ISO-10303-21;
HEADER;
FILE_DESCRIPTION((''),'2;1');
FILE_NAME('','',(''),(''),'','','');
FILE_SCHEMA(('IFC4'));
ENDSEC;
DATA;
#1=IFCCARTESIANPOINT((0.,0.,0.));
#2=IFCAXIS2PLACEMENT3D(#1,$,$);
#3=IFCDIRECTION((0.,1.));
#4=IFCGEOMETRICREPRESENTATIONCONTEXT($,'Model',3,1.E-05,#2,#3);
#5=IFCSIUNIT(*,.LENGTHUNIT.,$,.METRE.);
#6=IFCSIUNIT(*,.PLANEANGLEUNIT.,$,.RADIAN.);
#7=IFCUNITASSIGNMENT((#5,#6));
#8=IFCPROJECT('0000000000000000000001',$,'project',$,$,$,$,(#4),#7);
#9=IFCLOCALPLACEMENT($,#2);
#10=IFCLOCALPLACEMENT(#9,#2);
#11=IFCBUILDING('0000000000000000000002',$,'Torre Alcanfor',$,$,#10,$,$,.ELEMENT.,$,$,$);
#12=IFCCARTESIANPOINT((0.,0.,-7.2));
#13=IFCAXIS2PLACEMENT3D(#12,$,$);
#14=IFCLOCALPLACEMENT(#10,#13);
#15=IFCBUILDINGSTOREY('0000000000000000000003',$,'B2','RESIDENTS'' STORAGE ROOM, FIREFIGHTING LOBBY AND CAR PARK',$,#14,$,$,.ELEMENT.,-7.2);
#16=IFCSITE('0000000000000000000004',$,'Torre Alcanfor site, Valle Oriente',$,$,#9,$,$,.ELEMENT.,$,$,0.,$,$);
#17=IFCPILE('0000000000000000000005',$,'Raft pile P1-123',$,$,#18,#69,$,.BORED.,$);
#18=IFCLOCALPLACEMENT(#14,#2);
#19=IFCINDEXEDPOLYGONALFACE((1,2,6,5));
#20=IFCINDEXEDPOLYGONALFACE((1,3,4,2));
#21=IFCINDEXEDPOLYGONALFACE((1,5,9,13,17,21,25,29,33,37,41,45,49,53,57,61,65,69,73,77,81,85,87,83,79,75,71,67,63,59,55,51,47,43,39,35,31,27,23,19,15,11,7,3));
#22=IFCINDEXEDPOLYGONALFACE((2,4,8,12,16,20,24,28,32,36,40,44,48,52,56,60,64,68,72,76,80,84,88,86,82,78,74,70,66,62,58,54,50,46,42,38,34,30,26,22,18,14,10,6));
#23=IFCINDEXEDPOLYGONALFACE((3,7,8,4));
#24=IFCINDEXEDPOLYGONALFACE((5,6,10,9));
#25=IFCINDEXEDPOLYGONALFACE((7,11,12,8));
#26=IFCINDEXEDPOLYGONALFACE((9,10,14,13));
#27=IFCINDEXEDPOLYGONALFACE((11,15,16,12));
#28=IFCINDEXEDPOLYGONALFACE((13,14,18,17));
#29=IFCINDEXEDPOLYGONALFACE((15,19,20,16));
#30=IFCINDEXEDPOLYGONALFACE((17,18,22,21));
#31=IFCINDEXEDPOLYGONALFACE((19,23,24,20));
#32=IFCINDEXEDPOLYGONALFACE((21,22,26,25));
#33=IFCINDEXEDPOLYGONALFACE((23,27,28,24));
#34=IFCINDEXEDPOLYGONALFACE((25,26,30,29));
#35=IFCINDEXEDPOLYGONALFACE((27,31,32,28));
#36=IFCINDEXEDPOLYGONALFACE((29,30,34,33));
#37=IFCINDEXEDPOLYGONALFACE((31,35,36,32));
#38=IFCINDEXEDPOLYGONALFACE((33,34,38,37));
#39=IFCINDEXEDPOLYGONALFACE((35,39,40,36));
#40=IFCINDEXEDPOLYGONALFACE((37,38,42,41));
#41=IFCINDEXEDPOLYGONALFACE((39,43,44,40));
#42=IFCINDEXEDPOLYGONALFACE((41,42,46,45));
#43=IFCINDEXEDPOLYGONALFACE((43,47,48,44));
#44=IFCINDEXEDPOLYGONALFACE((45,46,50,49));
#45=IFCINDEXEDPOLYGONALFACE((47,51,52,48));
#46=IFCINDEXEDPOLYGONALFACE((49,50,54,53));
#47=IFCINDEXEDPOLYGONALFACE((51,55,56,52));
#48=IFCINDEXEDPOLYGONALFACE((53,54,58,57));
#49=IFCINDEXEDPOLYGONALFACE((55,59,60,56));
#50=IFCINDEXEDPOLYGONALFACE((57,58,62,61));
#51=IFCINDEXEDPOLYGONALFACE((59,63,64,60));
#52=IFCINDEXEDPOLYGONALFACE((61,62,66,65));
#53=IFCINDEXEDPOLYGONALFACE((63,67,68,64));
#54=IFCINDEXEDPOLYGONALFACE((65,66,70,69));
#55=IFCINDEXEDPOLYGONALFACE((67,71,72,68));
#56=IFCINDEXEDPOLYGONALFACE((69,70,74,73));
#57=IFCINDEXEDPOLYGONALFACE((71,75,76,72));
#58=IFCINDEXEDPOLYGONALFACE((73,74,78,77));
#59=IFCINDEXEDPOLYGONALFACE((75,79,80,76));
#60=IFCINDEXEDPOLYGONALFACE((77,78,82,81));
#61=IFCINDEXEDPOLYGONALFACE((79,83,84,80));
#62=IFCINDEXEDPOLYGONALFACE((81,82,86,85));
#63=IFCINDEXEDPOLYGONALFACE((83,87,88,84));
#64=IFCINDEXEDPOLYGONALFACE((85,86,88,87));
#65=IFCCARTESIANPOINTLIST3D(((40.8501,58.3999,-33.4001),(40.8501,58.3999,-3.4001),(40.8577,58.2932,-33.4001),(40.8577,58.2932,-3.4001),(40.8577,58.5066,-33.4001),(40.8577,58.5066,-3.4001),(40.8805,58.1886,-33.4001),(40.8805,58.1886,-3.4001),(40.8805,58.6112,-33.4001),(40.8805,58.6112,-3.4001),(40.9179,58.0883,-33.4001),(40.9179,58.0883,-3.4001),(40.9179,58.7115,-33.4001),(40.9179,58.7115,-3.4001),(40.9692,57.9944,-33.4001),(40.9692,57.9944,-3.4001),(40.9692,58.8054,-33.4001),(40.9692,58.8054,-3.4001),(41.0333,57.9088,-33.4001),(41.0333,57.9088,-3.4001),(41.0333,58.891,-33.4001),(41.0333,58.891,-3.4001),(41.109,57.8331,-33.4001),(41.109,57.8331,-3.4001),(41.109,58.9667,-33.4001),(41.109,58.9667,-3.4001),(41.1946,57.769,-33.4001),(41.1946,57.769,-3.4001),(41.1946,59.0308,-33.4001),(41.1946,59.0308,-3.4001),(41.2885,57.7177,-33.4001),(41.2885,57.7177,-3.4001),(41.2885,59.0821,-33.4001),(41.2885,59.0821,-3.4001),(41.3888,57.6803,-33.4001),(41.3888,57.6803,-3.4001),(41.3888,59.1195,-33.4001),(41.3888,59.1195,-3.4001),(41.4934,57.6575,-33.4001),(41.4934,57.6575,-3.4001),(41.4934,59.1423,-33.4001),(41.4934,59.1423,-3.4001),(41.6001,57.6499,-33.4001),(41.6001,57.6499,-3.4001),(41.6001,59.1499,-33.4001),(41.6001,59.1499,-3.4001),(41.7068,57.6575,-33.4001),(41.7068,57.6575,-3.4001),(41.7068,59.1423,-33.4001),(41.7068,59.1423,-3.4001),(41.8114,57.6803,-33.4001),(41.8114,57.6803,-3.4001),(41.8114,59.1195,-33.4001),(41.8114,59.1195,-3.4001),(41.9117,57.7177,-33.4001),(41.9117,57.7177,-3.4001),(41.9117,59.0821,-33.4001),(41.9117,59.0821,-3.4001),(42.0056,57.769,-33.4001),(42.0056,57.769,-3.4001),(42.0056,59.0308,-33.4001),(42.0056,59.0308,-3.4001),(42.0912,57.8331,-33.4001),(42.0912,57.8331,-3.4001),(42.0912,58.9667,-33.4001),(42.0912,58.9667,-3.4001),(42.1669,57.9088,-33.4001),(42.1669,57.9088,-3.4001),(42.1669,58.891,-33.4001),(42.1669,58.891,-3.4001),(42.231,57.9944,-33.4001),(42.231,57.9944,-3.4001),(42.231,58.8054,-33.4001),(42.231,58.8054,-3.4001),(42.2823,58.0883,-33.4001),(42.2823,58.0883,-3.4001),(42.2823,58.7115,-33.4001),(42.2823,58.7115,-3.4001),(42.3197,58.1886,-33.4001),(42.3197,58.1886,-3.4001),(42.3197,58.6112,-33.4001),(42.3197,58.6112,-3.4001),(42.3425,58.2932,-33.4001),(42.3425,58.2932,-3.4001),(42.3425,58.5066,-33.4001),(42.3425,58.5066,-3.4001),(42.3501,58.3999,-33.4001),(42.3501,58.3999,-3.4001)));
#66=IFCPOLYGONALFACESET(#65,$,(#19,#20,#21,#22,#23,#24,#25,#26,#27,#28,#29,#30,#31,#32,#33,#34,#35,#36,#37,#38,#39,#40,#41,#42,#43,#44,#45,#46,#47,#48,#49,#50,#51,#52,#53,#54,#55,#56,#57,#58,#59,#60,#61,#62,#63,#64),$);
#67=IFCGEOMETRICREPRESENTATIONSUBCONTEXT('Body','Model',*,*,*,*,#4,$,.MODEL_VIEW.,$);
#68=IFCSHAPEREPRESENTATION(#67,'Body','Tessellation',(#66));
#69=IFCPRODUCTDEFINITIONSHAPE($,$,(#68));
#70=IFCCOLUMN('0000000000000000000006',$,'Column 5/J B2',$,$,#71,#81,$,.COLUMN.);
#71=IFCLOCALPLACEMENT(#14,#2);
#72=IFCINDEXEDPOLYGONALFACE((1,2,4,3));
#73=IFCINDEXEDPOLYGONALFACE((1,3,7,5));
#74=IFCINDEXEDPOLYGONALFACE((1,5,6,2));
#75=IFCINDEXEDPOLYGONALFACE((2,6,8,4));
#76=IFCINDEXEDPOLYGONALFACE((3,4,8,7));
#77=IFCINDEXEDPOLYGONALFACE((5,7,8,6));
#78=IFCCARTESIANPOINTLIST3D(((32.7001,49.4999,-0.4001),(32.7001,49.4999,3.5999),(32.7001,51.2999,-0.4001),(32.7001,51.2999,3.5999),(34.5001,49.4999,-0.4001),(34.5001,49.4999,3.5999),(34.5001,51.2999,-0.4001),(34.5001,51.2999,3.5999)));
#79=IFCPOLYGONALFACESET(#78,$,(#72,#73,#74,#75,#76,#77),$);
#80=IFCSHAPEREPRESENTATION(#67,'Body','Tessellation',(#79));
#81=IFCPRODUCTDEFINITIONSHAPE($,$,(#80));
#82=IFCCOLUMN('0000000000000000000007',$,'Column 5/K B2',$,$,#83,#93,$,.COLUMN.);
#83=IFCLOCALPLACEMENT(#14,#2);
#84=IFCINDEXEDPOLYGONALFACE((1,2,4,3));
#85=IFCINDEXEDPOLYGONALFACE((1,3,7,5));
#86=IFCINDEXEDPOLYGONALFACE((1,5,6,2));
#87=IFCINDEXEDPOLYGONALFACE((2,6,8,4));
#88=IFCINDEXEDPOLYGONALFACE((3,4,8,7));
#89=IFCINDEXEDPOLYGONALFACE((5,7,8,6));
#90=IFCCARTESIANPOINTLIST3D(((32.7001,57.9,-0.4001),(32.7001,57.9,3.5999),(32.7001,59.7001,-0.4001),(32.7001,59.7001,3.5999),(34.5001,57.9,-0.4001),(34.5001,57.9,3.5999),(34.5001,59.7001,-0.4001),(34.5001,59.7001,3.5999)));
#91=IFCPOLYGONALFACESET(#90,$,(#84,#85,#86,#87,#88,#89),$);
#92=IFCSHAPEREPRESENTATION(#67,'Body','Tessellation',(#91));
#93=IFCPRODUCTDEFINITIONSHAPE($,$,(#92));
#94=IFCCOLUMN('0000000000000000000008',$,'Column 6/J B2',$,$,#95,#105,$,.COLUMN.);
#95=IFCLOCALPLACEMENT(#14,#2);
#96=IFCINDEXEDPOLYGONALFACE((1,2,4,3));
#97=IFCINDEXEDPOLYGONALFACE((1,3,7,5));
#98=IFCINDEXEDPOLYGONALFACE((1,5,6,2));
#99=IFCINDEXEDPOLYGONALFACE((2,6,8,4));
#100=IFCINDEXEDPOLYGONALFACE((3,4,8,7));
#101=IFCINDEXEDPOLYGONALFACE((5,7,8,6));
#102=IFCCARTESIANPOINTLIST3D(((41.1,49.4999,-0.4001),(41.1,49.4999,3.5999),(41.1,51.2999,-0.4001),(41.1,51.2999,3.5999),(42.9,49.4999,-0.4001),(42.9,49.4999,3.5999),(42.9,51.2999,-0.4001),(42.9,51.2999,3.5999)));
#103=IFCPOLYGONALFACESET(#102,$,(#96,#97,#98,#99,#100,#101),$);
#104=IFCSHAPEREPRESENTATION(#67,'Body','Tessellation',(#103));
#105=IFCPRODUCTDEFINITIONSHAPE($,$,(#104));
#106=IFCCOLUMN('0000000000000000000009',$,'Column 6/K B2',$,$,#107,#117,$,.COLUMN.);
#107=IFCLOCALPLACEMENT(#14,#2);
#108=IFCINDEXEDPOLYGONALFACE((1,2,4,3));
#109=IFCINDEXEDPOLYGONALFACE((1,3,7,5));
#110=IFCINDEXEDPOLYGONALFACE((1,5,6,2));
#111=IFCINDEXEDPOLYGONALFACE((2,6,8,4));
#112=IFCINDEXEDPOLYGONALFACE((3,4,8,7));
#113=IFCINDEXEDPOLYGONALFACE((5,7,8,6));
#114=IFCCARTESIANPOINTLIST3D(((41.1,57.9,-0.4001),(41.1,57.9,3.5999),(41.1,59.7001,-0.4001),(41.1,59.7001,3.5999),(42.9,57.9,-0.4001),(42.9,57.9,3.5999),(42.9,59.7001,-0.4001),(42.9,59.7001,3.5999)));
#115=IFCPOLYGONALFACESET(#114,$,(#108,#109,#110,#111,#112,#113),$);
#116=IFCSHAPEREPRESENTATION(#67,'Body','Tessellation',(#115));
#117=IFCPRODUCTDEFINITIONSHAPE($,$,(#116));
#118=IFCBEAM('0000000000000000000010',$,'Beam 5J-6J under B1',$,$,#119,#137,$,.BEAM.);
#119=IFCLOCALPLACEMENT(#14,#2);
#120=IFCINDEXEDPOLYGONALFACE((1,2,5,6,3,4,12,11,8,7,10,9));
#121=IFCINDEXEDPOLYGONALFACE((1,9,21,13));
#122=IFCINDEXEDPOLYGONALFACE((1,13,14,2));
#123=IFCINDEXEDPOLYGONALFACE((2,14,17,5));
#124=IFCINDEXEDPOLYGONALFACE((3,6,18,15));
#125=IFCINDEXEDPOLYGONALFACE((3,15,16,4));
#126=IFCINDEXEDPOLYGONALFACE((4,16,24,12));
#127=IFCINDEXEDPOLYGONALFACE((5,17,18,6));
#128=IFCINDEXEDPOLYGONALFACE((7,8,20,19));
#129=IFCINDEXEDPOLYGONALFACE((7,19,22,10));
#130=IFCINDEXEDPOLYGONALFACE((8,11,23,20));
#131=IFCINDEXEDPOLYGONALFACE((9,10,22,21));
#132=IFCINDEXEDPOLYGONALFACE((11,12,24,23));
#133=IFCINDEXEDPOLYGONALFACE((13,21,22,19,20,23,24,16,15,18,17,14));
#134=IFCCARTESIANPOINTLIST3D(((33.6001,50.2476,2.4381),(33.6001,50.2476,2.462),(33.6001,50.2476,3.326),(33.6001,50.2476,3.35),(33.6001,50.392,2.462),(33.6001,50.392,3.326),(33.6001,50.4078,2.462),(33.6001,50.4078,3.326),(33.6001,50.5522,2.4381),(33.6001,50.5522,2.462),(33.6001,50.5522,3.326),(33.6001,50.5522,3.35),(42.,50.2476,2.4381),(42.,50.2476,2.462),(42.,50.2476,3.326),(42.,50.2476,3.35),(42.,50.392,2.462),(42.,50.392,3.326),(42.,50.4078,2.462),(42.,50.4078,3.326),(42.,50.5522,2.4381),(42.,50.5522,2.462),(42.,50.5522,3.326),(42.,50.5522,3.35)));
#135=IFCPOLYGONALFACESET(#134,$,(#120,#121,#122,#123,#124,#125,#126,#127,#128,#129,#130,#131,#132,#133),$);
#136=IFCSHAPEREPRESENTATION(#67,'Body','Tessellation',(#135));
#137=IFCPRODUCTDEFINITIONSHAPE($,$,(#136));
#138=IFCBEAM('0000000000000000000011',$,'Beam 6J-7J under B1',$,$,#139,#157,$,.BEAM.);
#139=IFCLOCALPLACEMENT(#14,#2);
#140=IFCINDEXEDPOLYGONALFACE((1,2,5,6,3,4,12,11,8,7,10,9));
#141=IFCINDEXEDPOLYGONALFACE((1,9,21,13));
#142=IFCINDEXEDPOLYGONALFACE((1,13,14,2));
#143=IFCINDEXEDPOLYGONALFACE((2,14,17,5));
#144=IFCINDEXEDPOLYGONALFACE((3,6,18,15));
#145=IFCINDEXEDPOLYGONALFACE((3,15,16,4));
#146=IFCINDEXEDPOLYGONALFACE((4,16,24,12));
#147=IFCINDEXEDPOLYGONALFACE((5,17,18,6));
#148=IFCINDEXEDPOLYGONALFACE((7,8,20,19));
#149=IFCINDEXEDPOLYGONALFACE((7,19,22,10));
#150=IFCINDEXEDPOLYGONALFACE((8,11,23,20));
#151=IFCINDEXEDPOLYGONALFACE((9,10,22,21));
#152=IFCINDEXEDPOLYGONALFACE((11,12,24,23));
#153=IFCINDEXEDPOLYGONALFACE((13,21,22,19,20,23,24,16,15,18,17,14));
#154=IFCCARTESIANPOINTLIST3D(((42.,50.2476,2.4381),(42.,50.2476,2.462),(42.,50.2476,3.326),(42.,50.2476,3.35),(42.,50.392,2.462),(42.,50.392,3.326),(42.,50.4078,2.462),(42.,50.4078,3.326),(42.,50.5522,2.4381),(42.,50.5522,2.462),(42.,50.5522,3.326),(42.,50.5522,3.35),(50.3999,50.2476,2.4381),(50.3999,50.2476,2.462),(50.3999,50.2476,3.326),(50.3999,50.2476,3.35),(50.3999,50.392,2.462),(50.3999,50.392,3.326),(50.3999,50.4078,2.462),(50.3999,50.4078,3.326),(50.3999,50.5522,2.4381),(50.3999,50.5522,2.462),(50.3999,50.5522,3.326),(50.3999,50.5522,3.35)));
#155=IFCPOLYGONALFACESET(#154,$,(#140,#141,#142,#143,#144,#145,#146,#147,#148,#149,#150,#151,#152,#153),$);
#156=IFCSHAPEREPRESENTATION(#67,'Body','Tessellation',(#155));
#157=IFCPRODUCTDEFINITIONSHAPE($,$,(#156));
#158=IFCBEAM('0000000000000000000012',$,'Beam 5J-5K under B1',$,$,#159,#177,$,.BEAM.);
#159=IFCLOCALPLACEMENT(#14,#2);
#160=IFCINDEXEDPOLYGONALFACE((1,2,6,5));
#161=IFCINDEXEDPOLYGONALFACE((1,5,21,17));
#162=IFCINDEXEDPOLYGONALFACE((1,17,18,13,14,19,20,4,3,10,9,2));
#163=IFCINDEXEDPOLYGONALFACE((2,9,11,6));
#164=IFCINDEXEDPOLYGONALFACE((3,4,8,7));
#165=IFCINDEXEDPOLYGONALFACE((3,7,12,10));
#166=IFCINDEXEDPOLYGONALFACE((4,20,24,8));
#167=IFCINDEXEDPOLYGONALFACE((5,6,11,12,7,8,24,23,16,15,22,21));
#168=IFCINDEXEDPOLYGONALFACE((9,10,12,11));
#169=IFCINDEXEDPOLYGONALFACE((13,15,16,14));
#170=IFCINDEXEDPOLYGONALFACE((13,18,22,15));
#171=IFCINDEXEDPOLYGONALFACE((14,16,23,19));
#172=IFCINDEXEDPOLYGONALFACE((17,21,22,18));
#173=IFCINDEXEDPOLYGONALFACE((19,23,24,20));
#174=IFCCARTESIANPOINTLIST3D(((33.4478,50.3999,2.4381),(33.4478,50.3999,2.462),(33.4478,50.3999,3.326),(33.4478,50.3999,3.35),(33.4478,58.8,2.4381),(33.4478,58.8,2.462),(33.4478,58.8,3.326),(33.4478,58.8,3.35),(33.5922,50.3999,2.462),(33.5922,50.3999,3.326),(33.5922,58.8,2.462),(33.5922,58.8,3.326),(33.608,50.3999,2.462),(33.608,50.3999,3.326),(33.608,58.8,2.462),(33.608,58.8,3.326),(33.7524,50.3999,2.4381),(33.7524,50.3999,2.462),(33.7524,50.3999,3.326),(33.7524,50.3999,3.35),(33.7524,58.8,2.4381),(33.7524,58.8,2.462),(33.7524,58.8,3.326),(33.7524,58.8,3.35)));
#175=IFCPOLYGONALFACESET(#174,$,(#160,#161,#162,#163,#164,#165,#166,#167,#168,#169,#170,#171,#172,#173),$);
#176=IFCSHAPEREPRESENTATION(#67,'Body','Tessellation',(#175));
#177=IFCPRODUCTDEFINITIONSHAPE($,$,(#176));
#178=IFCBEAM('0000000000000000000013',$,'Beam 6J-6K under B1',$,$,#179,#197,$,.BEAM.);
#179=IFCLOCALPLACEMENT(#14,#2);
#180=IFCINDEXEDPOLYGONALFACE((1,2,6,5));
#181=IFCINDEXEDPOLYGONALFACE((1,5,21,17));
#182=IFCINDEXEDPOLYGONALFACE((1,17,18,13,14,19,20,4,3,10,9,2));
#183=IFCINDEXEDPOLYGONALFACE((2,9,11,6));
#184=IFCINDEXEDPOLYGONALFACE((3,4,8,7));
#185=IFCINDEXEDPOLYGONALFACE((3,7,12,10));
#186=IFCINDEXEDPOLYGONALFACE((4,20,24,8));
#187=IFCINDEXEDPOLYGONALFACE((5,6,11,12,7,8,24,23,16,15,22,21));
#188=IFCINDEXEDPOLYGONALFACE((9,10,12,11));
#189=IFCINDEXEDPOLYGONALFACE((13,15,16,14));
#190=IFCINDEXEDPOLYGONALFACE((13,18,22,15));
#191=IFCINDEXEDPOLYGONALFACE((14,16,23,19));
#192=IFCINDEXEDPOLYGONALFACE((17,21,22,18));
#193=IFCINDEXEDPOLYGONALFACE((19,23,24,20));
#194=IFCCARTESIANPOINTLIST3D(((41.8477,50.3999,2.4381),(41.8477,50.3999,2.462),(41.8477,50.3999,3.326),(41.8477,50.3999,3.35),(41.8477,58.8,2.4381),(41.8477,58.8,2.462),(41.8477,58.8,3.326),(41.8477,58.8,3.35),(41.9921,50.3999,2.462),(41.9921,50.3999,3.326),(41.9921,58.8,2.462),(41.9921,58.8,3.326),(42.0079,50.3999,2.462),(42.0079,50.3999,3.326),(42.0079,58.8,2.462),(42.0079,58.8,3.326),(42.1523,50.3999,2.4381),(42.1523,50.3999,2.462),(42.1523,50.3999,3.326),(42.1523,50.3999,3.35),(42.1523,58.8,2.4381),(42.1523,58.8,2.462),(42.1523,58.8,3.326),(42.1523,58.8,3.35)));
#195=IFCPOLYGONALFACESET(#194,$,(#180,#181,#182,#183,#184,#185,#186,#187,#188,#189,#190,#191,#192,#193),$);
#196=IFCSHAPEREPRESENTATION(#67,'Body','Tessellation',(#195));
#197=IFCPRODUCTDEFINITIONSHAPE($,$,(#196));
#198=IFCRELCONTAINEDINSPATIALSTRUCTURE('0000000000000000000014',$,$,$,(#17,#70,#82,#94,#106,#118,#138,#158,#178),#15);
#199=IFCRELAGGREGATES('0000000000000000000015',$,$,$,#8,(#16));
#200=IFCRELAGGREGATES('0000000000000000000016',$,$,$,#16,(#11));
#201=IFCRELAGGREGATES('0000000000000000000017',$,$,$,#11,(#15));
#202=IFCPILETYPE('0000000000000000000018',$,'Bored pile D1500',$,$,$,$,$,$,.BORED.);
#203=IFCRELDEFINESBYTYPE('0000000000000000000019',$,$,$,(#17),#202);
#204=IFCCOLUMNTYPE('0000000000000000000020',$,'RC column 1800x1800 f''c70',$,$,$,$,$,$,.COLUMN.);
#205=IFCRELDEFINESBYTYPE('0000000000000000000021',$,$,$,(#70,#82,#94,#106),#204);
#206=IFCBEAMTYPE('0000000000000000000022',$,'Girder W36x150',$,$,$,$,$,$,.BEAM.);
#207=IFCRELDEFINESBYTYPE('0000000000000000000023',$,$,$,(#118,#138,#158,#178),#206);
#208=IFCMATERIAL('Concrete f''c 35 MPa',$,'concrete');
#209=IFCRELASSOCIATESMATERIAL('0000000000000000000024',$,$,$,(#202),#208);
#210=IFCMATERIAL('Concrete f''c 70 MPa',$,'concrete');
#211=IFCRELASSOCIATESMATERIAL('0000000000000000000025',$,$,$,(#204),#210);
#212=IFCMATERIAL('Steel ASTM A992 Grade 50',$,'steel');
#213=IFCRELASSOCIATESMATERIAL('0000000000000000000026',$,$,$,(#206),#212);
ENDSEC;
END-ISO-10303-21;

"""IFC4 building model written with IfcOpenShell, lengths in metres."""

from ifc_helpers import new_model, si_unit, direction, frame, origin, origin_2d, place, context, subcontext, project, spatial, rectangle, circle, i_section, extrude, material, material_profile, profile_set, type_object, element, save


model = new_model("IFC4")

# Units and contexts
model_context = context("Model", 3, precision=1e-05, world=origin(), true_north=direction((0.0, 1.0)))
body_context = subcontext(model_context, "Body", "Model", "MODEL_VIEW")
ifc_project = project(units=[si_unit("LENGTHUNIT", "METRE"), si_unit("PLANEANGLEUNIT", "RADIAN")], contexts=[model_context])

# Site, building, storey
site_placement = place(None, origin())
site = spatial("IfcSite", under=ifc_project, at=site_placement, Name="Torre Alcanfor site, Valle Oriente", CompositionType="ELEMENT", RefElevation=0.0)
building_placement = place(site_placement, origin())
building = spatial("IfcBuilding", under=site, at=building_placement, Name="Torre Alcanfor", CompositionType="ELEMENT")
storey_placement = place(building_placement, frame((0.0, 0.0, -7.2)))
storey = spatial("IfcBuildingStorey", under=building, at=storey_placement, Name="B2", Description="RESIDENTS' STORAGE ROOM, FIREFIGHTING LOBBY AND CAR PARK", CompositionType="ELEMENT", Elevation=-7.2)

# Pile
ifc_material_1 = material(Name="Concrete f'c 35 MPa", Category="concrete")
ifc_material_profile_1 = material_profile(ifc_material_1, circle(Radius=0.75, at=origin_2d()), Name="D1500")
ifc_profile_set_1 = profile_set([ifc_material_profile_1], Name="Concrete f'c 35 MPa")
pile_type = type_object("IfcPileType", Name="Bored pile D1500", PredefinedType="BORED", material=ifc_profile_set_1)
for number, where, z_axis, x_axis, name in (
    (1, (41.6001, 58.3999, -3.4001), (0.0, 0.0, -1.0), (1.0, 0.0, 0.0), "Raft pile P1-123"),
):
    element("IfcPile", number, at=place(storey_placement, frame(where, z_axis=z_axis, x_axis=x_axis)), inside=storey, type_object=pile_type, Name=name, PredefinedType="BORED", context=body_context, shape_type="SweptSolid", body=[
        extrude(circle(Radius=0.75, at=origin_2d()), origin(), (0.0, 0.0, 1.0), 30.0),
    ])

# Columns
ifc_material_2 = material(Name="Concrete f'c 70 MPa", Category="concrete")
ifc_material_profile_2 = material_profile(ifc_material_2, rectangle(XDim=1.8, YDim=1.8, at=origin_2d()), Name="1800x1800")
ifc_profile_set_2 = profile_set([ifc_material_profile_2], Name="Concrete f'c 70 MPa")
column_type = type_object("IfcColumnType", Name="RC column 1800x1800 f'c70", PredefinedType="COLUMN", material=ifc_profile_set_2)
for number, where, z_axis, x_axis, name in (
    (2, (33.6001, 50.3999, -0.4001), (0.0, 0.0, 1.0), (1.0, 0.0, 0.0), "Column 5/J B2"),
    (3, (33.6001, 58.8, -0.4001), (0.0, 0.0, 1.0), (1.0, 0.0, 0.0), "Column 5/K B2"),
    (4, (42.0, 50.3999, -0.4001), (0.0, 0.0, 1.0), (1.0, 0.0, 0.0), "Column 6/J B2"),
    (5, (42.0, 58.8, -0.4001), (0.0, 0.0, 1.0), (1.0, 0.0, 0.0), "Column 6/K B2"),
):
    element("IfcColumn", number, at=place(storey_placement, frame(where, z_axis=z_axis, x_axis=x_axis)), inside=storey, type_object=column_type, Name=name, PredefinedType="COLUMN", context=body_context, shape_type="SweptSolid", body=[
        extrude(rectangle(XDim=1.8, YDim=1.8, at=origin_2d()), origin(), (0.0, 0.0, 1.0), 4.0),
    ])

# Beams
ifc_material_3 = material(Name="Steel ASTM A992 Grade 50", Category="steel")
ifc_material_profile_3 = material_profile(ifc_material_3, i_section(OverallWidth=0.3047, OverallDepth=0.9119, WebThickness=0.0159, FlangeThickness=0.0239, at=origin_2d()), Name="W36x150")
ifc_profile_set_3 = profile_set([ifc_material_profile_3], Name="Steel ASTM A992 Grade 50")
beam_type_1 = type_object("IfcBeamType", Name="Girder W36x150", PredefinedType="BEAM", material=ifc_profile_set_3)
for number, where, z_axis, x_axis, name in (
    (6, (33.6001, 50.3999, 2.894), (1.0, 0.0, 0.0), (0.0, 1.0, 0.0), "Beam 5J-6J under B1"),
    (7, (42.0, 50.3999, 2.894), (1.0, 0.0, 0.0), (0.0, 1.0, 0.0), "Beam 6J-7J under B1"),
):
    element("IfcBeam", number, at=place(storey_placement, frame(where, z_axis=z_axis, x_axis=x_axis)), inside=storey, type_object=beam_type_1, Name=name, PredefinedType="BEAM", context=body_context, shape_type="SweptSolid", body=[
        extrude(i_section(OverallWidth=0.3047, OverallDepth=0.9119, WebThickness=0.0159, FlangeThickness=0.0239, at=origin_2d()), origin(), (0.0, 0.0, 1.0), 8.3999),
    ])
for number, where, z_axis, x_axis, name in (
    (8, (33.6001, 50.3999, 2.894), (0.0, 1.0, 0.0), (-1.0, 0.0, 0.0), "Beam 5J-5K under B1"),
    (9, (42.0, 50.3999, 2.894), (0.0, 1.0, 0.0), (-1.0, 0.0, 0.0), "Beam 6J-6K under B1"),
):
    element("IfcBeam", number, at=place(storey_placement, frame(where, z_axis=z_axis, x_axis=x_axis)), inside=storey, type_object=beam_type_1, Name=name, PredefinedType="BEAM", context=body_context, shape_type="SweptSolid", body=[
        extrude(i_section(OverallWidth=0.3047, OverallDepth=0.9119, WebThickness=0.0159, FlangeThickness=0.0239, at=origin_2d()), origin(), (0.0, 0.0, 1.0), 8.4001),
    ])

save(model, "model.ifc")
